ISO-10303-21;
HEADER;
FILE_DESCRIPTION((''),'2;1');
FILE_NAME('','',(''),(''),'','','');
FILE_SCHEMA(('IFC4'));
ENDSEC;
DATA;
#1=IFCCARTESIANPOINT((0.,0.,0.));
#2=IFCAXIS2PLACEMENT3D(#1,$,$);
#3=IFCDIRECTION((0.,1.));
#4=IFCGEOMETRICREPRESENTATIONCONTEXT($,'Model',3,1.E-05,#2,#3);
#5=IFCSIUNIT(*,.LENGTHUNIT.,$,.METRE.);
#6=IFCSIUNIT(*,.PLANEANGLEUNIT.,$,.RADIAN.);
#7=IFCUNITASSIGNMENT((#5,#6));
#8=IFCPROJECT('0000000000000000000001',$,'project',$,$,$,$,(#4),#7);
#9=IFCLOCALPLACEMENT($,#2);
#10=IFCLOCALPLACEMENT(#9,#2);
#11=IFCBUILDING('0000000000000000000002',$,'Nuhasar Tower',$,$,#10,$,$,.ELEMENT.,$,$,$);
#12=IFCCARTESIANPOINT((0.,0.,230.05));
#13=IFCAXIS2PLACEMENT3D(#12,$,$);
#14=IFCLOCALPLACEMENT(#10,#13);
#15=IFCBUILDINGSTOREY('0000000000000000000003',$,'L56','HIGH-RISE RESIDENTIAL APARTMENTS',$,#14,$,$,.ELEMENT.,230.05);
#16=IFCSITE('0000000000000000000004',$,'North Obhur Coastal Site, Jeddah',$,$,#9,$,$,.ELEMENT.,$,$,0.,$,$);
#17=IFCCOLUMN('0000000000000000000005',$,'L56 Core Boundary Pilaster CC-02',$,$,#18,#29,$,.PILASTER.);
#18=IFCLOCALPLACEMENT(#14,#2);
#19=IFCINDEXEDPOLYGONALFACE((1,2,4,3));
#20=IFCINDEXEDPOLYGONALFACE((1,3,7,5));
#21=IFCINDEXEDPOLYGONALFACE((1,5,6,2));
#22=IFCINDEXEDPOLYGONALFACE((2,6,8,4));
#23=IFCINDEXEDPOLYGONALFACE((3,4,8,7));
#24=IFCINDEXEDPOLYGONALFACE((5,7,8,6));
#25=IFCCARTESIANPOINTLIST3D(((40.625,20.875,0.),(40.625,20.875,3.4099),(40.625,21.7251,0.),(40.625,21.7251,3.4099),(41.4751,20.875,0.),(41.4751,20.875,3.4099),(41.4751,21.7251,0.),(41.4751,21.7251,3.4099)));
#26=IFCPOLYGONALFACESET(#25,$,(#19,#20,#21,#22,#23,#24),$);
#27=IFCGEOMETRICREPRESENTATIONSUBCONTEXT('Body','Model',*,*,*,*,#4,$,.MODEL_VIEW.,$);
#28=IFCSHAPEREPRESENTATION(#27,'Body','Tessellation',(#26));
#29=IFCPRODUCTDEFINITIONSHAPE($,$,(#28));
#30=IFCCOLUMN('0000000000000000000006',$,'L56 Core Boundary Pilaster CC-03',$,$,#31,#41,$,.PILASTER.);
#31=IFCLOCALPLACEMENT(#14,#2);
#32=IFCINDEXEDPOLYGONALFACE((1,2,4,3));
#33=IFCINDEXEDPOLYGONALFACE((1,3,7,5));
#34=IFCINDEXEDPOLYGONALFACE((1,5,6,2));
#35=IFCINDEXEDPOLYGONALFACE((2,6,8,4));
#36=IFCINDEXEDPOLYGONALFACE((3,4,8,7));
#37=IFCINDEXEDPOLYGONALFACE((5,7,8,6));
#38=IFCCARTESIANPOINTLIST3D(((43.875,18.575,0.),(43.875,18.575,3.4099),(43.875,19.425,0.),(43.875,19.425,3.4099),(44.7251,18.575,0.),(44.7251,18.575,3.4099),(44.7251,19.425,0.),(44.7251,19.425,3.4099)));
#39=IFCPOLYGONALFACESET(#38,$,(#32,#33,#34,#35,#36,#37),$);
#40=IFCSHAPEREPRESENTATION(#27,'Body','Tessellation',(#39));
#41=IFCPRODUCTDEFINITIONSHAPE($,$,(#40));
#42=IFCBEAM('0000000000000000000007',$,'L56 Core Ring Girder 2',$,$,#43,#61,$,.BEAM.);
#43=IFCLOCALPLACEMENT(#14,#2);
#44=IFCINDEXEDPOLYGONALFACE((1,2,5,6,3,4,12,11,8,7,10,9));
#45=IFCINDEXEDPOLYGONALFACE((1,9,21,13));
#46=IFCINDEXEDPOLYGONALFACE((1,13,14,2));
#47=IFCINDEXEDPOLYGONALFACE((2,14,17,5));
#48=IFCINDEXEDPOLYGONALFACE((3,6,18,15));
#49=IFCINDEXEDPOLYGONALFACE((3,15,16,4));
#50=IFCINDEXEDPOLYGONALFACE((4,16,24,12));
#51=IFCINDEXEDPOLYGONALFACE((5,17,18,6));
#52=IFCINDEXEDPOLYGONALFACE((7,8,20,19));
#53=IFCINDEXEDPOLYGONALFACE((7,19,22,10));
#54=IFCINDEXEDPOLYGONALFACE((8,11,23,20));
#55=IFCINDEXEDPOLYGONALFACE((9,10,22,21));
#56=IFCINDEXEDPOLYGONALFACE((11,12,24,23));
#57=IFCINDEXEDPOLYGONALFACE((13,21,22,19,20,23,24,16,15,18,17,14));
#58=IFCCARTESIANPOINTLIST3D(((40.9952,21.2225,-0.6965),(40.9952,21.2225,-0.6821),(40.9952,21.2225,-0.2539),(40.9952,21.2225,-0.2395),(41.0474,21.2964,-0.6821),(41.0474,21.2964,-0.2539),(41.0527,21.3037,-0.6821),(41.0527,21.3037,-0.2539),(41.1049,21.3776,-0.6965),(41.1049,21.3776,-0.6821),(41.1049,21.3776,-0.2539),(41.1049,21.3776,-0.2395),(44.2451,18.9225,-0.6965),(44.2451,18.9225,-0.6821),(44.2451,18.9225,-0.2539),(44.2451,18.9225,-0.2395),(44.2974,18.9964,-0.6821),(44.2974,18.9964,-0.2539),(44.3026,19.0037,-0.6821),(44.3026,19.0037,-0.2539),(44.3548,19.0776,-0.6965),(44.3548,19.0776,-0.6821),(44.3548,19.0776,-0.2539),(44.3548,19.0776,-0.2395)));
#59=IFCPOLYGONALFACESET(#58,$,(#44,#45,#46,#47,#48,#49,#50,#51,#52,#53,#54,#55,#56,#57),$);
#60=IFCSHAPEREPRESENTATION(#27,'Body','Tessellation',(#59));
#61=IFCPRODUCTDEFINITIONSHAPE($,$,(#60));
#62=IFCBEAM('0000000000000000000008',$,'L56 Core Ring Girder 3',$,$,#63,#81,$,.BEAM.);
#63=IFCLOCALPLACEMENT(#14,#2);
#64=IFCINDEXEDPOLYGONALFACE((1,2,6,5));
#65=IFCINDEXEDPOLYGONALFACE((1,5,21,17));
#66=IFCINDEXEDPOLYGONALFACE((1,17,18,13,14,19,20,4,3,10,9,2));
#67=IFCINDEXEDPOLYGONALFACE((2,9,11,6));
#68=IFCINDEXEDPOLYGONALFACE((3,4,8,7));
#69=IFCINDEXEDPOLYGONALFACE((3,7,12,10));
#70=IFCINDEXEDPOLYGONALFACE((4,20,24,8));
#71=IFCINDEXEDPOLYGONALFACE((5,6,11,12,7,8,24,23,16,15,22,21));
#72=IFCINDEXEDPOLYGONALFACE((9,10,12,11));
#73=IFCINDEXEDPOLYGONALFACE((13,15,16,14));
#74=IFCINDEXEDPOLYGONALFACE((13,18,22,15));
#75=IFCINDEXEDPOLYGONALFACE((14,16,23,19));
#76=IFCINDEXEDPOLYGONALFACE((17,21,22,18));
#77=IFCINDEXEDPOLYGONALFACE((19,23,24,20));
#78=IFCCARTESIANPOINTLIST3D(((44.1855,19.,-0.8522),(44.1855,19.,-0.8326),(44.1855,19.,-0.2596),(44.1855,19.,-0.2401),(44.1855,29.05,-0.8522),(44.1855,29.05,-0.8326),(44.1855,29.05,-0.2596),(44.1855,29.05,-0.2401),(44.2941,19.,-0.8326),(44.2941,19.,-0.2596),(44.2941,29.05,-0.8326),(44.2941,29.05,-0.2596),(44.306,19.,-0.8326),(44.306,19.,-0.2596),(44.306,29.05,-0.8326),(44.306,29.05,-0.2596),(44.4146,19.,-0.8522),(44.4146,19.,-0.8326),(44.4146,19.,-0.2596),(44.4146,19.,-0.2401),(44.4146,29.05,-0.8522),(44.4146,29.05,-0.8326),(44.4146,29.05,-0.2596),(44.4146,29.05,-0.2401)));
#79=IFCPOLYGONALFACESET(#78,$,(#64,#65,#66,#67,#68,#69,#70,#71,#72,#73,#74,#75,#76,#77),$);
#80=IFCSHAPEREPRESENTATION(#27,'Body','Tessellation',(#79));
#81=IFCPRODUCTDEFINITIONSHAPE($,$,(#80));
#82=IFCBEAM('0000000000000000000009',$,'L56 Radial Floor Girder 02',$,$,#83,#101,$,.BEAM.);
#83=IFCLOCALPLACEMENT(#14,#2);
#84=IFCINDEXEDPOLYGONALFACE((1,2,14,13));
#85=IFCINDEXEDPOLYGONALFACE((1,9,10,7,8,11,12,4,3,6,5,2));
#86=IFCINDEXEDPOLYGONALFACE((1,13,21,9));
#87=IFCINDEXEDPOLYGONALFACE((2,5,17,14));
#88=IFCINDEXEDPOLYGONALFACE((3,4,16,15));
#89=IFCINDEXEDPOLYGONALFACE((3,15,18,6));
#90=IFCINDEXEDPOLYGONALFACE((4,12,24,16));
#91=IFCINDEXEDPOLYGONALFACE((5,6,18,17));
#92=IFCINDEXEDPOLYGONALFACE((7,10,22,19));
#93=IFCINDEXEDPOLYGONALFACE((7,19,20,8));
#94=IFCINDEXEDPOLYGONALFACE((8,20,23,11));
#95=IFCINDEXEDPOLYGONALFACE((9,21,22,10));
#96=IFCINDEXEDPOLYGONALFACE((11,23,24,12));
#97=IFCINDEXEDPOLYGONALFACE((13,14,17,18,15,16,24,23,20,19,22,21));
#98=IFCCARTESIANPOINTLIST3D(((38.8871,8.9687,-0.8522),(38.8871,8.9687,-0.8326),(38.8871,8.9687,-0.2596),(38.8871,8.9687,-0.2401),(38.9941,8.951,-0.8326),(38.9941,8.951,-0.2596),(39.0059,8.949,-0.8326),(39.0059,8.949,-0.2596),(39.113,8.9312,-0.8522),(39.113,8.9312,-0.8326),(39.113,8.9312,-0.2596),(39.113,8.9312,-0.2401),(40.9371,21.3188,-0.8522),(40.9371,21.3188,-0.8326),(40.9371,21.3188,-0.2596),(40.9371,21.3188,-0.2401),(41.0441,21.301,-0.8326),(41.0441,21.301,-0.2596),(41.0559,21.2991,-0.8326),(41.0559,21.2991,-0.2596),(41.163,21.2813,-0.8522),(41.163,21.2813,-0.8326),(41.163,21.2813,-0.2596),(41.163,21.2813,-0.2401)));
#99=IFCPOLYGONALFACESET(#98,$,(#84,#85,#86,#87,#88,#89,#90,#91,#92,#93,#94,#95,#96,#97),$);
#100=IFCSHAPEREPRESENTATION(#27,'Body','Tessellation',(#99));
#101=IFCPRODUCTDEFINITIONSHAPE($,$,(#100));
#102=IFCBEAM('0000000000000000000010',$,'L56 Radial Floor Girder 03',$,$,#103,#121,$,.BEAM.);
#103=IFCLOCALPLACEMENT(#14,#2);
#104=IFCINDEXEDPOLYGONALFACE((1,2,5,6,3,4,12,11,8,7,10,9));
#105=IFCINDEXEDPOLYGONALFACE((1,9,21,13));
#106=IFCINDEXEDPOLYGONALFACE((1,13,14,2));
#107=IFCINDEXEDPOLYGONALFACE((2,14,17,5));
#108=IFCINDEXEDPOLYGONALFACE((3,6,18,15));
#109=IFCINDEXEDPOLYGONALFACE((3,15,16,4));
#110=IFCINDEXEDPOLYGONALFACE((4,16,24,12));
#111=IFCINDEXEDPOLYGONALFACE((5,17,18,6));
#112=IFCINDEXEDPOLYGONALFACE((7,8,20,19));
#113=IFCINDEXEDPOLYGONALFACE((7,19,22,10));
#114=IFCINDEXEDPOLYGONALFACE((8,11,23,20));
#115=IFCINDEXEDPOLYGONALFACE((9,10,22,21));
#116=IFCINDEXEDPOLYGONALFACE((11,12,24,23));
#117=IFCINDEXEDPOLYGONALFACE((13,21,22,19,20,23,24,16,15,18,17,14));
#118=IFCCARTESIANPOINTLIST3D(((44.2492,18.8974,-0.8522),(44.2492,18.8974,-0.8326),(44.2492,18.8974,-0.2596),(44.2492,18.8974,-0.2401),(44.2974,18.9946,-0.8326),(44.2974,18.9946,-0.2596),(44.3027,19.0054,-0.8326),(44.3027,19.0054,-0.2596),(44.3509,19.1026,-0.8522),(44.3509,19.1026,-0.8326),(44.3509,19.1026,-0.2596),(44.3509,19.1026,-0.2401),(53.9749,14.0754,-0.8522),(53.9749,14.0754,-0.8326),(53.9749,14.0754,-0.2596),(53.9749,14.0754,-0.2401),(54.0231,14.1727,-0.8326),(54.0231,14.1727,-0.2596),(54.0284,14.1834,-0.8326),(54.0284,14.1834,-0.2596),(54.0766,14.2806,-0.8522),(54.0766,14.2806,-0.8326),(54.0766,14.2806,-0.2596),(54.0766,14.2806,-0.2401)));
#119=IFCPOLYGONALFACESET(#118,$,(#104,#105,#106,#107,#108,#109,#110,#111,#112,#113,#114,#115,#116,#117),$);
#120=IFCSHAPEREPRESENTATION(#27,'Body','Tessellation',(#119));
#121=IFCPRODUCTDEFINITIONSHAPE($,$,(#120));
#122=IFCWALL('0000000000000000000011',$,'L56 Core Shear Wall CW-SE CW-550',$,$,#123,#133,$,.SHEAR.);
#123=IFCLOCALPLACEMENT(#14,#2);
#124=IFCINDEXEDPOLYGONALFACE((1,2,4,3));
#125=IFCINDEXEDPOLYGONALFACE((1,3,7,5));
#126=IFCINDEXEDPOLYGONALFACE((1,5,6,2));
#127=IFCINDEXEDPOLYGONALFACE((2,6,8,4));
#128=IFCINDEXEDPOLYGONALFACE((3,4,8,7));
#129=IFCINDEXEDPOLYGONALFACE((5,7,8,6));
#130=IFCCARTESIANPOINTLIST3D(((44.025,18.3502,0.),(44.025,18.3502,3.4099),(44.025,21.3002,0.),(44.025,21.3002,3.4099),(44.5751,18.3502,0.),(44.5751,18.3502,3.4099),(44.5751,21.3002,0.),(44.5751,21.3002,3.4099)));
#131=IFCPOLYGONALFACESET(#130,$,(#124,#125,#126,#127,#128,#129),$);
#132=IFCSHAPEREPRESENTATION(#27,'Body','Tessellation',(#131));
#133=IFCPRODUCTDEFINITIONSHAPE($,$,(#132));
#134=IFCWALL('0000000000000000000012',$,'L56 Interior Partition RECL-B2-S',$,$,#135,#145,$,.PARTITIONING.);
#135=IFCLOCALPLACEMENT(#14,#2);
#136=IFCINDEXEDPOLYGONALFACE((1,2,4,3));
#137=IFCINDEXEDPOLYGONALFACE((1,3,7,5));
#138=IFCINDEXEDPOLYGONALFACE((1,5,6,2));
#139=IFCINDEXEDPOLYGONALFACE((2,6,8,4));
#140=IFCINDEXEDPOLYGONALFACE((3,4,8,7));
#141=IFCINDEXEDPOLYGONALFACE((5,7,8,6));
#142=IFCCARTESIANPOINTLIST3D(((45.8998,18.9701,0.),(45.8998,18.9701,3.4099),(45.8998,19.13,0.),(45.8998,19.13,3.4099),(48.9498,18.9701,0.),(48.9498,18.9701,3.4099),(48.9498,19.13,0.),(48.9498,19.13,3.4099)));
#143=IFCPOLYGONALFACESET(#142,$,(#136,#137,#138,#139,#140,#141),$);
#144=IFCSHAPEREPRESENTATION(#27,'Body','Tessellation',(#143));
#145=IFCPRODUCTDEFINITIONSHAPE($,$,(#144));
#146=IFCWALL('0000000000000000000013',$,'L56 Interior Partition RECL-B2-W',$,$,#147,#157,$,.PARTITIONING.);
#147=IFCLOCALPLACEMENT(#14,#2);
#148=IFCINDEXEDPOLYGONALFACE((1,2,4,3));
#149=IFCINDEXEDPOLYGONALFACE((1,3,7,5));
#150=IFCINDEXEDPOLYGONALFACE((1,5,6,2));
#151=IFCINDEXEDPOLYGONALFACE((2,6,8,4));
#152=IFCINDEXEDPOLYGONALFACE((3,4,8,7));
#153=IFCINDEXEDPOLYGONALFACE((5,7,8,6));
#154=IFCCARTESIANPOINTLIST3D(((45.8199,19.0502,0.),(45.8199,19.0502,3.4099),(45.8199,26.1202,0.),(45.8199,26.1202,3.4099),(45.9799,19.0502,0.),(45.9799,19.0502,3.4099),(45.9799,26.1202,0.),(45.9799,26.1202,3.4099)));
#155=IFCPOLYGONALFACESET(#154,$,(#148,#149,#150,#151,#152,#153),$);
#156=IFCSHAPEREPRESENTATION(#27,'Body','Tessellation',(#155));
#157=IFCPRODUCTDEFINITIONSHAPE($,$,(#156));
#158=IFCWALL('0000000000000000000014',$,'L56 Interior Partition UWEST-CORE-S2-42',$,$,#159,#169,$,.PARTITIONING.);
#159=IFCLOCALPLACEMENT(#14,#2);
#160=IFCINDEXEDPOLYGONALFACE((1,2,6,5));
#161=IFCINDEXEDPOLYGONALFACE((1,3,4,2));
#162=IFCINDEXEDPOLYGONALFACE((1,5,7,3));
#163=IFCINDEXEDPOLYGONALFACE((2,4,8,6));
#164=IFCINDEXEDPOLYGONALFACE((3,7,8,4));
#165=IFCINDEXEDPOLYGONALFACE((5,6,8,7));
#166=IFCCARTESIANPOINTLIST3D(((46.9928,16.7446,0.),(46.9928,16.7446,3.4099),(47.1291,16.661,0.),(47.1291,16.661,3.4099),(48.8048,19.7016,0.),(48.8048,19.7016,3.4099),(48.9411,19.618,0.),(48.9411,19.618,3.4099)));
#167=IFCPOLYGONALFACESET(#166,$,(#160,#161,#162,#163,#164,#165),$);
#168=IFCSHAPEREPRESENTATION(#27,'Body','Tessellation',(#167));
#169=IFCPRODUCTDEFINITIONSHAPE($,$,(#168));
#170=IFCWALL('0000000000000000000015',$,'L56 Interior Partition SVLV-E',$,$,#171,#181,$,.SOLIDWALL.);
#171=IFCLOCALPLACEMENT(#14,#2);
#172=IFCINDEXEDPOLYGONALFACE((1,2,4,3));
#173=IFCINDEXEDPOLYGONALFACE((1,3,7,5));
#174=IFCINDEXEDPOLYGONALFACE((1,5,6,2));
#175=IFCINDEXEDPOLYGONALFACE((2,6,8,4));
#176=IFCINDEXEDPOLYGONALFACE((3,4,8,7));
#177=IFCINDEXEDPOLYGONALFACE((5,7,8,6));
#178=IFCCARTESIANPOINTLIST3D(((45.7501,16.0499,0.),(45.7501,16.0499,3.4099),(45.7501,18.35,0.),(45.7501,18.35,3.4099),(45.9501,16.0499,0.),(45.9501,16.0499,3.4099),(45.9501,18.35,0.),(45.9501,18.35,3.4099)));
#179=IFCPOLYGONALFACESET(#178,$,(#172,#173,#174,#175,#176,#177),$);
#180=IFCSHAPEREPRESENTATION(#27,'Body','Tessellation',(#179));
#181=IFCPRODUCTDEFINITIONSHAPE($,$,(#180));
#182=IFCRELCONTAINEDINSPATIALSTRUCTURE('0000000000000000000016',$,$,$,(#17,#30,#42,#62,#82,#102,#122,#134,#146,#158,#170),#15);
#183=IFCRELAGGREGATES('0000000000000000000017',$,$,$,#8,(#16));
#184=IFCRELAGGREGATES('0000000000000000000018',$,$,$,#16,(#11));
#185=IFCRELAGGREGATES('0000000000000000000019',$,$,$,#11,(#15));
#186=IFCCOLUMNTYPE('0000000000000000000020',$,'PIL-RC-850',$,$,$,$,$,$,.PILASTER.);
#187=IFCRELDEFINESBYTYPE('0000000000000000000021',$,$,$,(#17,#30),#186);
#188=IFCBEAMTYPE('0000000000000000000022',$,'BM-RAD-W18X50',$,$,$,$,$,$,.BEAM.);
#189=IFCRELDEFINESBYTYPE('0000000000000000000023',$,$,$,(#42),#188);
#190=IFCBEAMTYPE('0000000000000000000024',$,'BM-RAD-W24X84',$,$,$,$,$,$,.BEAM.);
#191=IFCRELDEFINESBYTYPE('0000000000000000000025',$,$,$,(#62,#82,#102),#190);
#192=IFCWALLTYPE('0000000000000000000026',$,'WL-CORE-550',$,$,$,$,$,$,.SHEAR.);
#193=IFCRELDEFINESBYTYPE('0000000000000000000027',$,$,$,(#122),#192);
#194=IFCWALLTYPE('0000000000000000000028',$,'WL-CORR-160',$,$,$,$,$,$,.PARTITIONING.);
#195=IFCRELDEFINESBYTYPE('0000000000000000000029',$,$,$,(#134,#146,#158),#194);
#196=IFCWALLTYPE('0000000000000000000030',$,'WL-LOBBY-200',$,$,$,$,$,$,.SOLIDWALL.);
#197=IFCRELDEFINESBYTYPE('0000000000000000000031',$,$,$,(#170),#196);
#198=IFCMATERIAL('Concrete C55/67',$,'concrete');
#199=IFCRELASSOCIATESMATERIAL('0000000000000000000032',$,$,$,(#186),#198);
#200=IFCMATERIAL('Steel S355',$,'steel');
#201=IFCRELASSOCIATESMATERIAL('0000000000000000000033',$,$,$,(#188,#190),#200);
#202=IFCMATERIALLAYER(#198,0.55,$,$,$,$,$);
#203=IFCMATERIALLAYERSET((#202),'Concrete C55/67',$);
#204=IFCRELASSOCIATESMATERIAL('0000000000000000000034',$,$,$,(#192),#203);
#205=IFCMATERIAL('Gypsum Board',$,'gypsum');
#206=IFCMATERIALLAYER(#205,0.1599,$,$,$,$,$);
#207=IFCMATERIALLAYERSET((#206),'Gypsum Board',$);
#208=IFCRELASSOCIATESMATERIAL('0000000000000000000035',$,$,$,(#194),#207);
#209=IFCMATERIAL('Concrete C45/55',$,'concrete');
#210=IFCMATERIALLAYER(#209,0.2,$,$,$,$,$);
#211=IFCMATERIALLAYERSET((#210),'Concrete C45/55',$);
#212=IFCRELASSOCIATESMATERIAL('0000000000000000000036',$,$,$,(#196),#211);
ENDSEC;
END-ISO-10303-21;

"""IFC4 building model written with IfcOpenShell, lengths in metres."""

from ifc_helpers import new_model, si_unit, direction, frame, frame_2d, origin, origin_2d, place, context, subcontext, project, spatial, rectangle, i_section, extrude, material, layer, layer_set, material_profile, profile_set, type_object, element, save


model = new_model("IFC4")

# Units and contexts
model_context = context("Model", 3, precision=1e-05, world=origin(), true_north=direction((0.0, 1.0)))
body_context = subcontext(model_context, "Body", "Model", "MODEL_VIEW")
ifc_project = project(units=[si_unit("LENGTHUNIT", "METRE"), si_unit("PLANEANGLEUNIT", "RADIAN")], contexts=[model_context])

# Site, building, storey
site_placement = place(None, origin())
site = spatial("IfcSite", under=ifc_project, at=site_placement, Name="North Obhur Coastal Site, Jeddah", CompositionType="ELEMENT", RefElevation=0.0)
building_placement = place(site_placement, origin())
building = spatial("IfcBuilding", under=site, at=building_placement, Name="Nuhasar Tower", CompositionType="ELEMENT")
storey_placement = place(building_placement, frame((0.0, 0.0, 230.05)))
storey = spatial("IfcBuildingStorey", under=building, at=storey_placement, Name="L56", Description="HIGH-RISE RESIDENTIAL APARTMENTS", CompositionType="ELEMENT", Elevation=230.05)

# Columns
ifc_material_1 = material(Name="Concrete C55/67", Category="concrete")
ifc_material_profile_1 = material_profile(ifc_material_1, rectangle(XDim=0.8501, YDim=0.8501, at=origin_2d()), Name="RC850X850")
ifc_profile_set_1 = profile_set([ifc_material_profile_1], Name="Concrete C55/67")
column_type = type_object("IfcColumnType", Name="PIL-RC-850", PredefinedType="PILASTER", material=ifc_profile_set_1)
for number, where, z_axis, x_axis, name in (
    (1, (41.05, 21.3, 0.0), (0.0, 0.0, 1.0), (1.0, 0.0, 0.0), "L56 Core Boundary Pilaster CC-02"),
    (2, (44.3, 19.0, 0.0), (0.0, 0.0, 1.0), (1.0, 0.0, 0.0), "L56 Core Boundary Pilaster CC-03"),
):
    element("IfcColumn", number, at=place(storey_placement, frame(where, z_axis=z_axis, x_axis=x_axis)), inside=storey, type_object=column_type, Name=name, PredefinedType="PILASTER", context=body_context, shape_type="SweptSolid", body=[
        extrude(rectangle(XDim=0.8501, YDim=0.8501, at=origin_2d()), origin(), (0.0, 0.0, 1.0), 3.4099),
    ])

# Beams
ifc_material_2 = material(Name="Steel S355", Category="steel")
ifc_material_profile_2 = material_profile(ifc_material_2, i_section(OverallWidth=0.1899, OverallDepth=0.457, WebThickness=0.009, FlangeThickness=0.0144, at=origin_2d()), Name="W18X50")
ifc_profile_set_2 = profile_set([ifc_material_profile_2], Name="Steel S355")
beam_type_1 = type_object("IfcBeamType", Name="BM-RAD-W18X50", PredefinedType="BEAM", material=ifc_profile_set_2)
beam_1_placement = place(storey_placement, frame((41.05, 21.3, -0.468), z_axis=(0.816265, -0.577677, 0.0), x_axis=(0.577677, 0.816265, 0.0)))
element("IfcBeam", 3, at=beam_1_placement, inside=storey, type_object=beam_type_1, Name="L56 Core Ring Girder 2", PredefinedType="BEAM", context=body_context, shape_type="SweptSolid", body=[
    extrude(i_section(OverallWidth=0.1899, OverallDepth=0.457, WebThickness=0.009, FlangeThickness=0.0144, at=origin_2d()), origin(), (0.0, 0.0, 1.0), 3.9814),
])
ifc_material_profile_3 = material_profile(ifc_material_2, i_section(OverallWidth=0.229, OverallDepth=0.6121, WebThickness=0.012, FlangeThickness=0.0195, at=origin_2d()), Name="W24X84")
ifc_profile_set_3 = profile_set([ifc_material_profile_3], Name="Steel S355")
beam_type_2 = type_object("IfcBeamType", Name="BM-RAD-W24X84", PredefinedType="BEAM", material=ifc_profile_set_3)
beam_2_placement = place(storey_placement, frame((44.3, 19.0, -0.5461), z_axis=(0.0, 1.0, 0.0), x_axis=(-1.0, 0.0, 0.0)))
element("IfcBeam", 4, at=beam_2_placement, inside=storey, type_object=beam_type_2, Name="L56 Core Ring Girder 3", PredefinedType="BEAM", context=body_context, shape_type="SweptSolid", body=[
    extrude(i_section(OverallWidth=0.229, OverallDepth=0.6121, WebThickness=0.012, FlangeThickness=0.0195, at=origin_2d()), origin(), (0.0, 0.0, 1.0), 10.05),
])
beam_3_placement = place(storey_placement, frame((41.05, 21.3, -0.5461), z_axis=(-0.163754, -0.986501, 0.0), x_axis=(0.986501, -0.163754, 0.0)))
element("IfcBeam", 5, at=beam_3_placement, inside=storey, type_object=beam_type_2, Name="L56 Radial Floor Girder 02", PredefinedType="BEAM", context=body_context, shape_type="SweptSolid", body=[
    extrude(i_section(OverallWidth=0.229, OverallDepth=0.6121, WebThickness=0.012, FlangeThickness=0.0195, at=origin_2d()), origin(), (0.0, 0.0, 1.0), 12.519),
])
beam_4_placement = place(storey_placement, frame((44.3, 19.0, -0.5461), z_axis=(0.895929, -0.444197, 0.0), x_axis=(0.444197, 0.895929, 0.0)))
element("IfcBeam", 6, at=beam_4_placement, inside=storey, type_object=beam_type_2, Name="L56 Radial Floor Girder 03", PredefinedType="BEAM", context=body_context, shape_type="SweptSolid", body=[
    extrude(i_section(OverallWidth=0.229, OverallDepth=0.6121, WebThickness=0.012, FlangeThickness=0.0195, at=origin_2d()), origin(), (0.0, 0.0, 1.0), 10.8555),
])

# Walls
ifc_layer_1 = layer(ifc_material_1, 0.55)
ifc_layer_set_1 = layer_set([ifc_layer_1], Name="Concrete C55/67")
wall_type_1 = type_object("IfcWallType", Name="WL-CORE-550", PredefinedType="SHEAR", material=ifc_layer_set_1)
wall_1_placement = place(storey_placement, frame((44.3, 18.3501, 0.0), z_axis=(0.0, 0.0, 1.0), x_axis=(0.0, 1.0, 0.0)))
element("IfcWall", 7, at=wall_1_placement, inside=storey, type_object=wall_type_1, Name="L56 Core Shear Wall CW-SE CW-550", PredefinedType="SHEAR", context=body_context, shape_type="SweptSolid", body=[
    extrude(rectangle(XDim=2.95, YDim=0.55, at=frame_2d((1.4751, 0.0))), origin(), (0.0, 0.0, 1.0), 3.4099),
])
ifc_material_3 = material(Name="Gypsum Board", Category="gypsum")
ifc_layer_2 = layer(ifc_material_3, 0.1599)
ifc_layer_set_2 = layer_set([ifc_layer_2], Name="Gypsum Board")
wall_type_2 = type_object("IfcWallType", Name="WL-CORR-160", PredefinedType="PARTITIONING", material=ifc_layer_set_2)
wall_2_placement = place(storey_placement, frame((45.8999, 19.05, 0.0), z_axis=(0.0, 0.0, 1.0), x_axis=(1.0, 0.0, 0.0)))
element("IfcWall", 8, at=wall_2_placement, inside=storey, type_object=wall_type_2, Name="L56 Interior Partition RECL-B2-S", PredefinedType="PARTITIONING", context=body_context, shape_type="SweptSolid", body=[
    extrude(rectangle(XDim=3.05, YDim=0.1599, at=frame_2d((1.5249, 0.0))), origin(), (0.0, 0.0, 1.0), 3.4099),
])
wall_3_placement = place(storey_placement, frame((45.8999, 19.05, 0.0), z_axis=(0.0, 0.0, 1.0), x_axis=(0.0, 1.0, 0.0)))
element("IfcWall", 9, at=wall_3_placement, inside=storey, type_object=wall_type_2, Name="L56 Interior Partition RECL-B2-W", PredefinedType="PARTITIONING", context=body_context, shape_type="SweptSolid", body=[
    extrude(rectangle(XDim=7.0701, YDim=0.1599, at=frame_2d((3.5352, 0.0))), origin(), (0.0, 0.0, 1.0), 3.4099),
])
wall_4_placement = place(storey_placement, frame((47.061, 16.7029, 0.0), z_axis=(0.0, 0.0, 1.0), x_axis=(0.522486, 0.852648, 0.0)))
element("IfcWall", 10, at=wall_4_placement, inside=storey, type_object=wall_type_2, Name="L56 Interior Partition UWEST-CORE-S2-42", PredefinedType="PARTITIONING", context=body_context, shape_type="SweptSolid", body=[
    extrude(rectangle(XDim=3.468, YDim=0.1599, at=frame_2d((1.7339, 0.0))), origin(), (0.0, 0.0, 1.0), 3.4099),
])

# Shared definitions
ifc_material_4 = material(Name="Concrete C45/55", Category="concrete")
ifc_layer_3 = layer(ifc_material_4, 0.2)
ifc_layer_set_3 = layer_set([ifc_layer_3], Name="Concrete C45/55")
wall_type_3 = type_object("IfcWallType", Name="WL-LOBBY-200", PredefinedType="SOLIDWALL", material=ifc_layer_set_3)

# Wall
wall_5_placement = place(storey_placement, frame((45.8501, 16.05, 0.0), z_axis=(0.0, 0.0, 1.0), x_axis=(0.0, 1.0, 0.0)))
element("IfcWall", 11, at=wall_5_placement, inside=storey, type_object=wall_type_3, Name="L56 Interior Partition SVLV-E", PredefinedType="SOLIDWALL", context=body_context, shape_type="SweptSolid", body=[
    extrude(rectangle(XDim=2.3, YDim=0.2, at=frame_2d((1.1499, 0.0))), origin(), (0.0, 0.0, 1.0), 3.4099),
])

save(model, "model.ifc")
